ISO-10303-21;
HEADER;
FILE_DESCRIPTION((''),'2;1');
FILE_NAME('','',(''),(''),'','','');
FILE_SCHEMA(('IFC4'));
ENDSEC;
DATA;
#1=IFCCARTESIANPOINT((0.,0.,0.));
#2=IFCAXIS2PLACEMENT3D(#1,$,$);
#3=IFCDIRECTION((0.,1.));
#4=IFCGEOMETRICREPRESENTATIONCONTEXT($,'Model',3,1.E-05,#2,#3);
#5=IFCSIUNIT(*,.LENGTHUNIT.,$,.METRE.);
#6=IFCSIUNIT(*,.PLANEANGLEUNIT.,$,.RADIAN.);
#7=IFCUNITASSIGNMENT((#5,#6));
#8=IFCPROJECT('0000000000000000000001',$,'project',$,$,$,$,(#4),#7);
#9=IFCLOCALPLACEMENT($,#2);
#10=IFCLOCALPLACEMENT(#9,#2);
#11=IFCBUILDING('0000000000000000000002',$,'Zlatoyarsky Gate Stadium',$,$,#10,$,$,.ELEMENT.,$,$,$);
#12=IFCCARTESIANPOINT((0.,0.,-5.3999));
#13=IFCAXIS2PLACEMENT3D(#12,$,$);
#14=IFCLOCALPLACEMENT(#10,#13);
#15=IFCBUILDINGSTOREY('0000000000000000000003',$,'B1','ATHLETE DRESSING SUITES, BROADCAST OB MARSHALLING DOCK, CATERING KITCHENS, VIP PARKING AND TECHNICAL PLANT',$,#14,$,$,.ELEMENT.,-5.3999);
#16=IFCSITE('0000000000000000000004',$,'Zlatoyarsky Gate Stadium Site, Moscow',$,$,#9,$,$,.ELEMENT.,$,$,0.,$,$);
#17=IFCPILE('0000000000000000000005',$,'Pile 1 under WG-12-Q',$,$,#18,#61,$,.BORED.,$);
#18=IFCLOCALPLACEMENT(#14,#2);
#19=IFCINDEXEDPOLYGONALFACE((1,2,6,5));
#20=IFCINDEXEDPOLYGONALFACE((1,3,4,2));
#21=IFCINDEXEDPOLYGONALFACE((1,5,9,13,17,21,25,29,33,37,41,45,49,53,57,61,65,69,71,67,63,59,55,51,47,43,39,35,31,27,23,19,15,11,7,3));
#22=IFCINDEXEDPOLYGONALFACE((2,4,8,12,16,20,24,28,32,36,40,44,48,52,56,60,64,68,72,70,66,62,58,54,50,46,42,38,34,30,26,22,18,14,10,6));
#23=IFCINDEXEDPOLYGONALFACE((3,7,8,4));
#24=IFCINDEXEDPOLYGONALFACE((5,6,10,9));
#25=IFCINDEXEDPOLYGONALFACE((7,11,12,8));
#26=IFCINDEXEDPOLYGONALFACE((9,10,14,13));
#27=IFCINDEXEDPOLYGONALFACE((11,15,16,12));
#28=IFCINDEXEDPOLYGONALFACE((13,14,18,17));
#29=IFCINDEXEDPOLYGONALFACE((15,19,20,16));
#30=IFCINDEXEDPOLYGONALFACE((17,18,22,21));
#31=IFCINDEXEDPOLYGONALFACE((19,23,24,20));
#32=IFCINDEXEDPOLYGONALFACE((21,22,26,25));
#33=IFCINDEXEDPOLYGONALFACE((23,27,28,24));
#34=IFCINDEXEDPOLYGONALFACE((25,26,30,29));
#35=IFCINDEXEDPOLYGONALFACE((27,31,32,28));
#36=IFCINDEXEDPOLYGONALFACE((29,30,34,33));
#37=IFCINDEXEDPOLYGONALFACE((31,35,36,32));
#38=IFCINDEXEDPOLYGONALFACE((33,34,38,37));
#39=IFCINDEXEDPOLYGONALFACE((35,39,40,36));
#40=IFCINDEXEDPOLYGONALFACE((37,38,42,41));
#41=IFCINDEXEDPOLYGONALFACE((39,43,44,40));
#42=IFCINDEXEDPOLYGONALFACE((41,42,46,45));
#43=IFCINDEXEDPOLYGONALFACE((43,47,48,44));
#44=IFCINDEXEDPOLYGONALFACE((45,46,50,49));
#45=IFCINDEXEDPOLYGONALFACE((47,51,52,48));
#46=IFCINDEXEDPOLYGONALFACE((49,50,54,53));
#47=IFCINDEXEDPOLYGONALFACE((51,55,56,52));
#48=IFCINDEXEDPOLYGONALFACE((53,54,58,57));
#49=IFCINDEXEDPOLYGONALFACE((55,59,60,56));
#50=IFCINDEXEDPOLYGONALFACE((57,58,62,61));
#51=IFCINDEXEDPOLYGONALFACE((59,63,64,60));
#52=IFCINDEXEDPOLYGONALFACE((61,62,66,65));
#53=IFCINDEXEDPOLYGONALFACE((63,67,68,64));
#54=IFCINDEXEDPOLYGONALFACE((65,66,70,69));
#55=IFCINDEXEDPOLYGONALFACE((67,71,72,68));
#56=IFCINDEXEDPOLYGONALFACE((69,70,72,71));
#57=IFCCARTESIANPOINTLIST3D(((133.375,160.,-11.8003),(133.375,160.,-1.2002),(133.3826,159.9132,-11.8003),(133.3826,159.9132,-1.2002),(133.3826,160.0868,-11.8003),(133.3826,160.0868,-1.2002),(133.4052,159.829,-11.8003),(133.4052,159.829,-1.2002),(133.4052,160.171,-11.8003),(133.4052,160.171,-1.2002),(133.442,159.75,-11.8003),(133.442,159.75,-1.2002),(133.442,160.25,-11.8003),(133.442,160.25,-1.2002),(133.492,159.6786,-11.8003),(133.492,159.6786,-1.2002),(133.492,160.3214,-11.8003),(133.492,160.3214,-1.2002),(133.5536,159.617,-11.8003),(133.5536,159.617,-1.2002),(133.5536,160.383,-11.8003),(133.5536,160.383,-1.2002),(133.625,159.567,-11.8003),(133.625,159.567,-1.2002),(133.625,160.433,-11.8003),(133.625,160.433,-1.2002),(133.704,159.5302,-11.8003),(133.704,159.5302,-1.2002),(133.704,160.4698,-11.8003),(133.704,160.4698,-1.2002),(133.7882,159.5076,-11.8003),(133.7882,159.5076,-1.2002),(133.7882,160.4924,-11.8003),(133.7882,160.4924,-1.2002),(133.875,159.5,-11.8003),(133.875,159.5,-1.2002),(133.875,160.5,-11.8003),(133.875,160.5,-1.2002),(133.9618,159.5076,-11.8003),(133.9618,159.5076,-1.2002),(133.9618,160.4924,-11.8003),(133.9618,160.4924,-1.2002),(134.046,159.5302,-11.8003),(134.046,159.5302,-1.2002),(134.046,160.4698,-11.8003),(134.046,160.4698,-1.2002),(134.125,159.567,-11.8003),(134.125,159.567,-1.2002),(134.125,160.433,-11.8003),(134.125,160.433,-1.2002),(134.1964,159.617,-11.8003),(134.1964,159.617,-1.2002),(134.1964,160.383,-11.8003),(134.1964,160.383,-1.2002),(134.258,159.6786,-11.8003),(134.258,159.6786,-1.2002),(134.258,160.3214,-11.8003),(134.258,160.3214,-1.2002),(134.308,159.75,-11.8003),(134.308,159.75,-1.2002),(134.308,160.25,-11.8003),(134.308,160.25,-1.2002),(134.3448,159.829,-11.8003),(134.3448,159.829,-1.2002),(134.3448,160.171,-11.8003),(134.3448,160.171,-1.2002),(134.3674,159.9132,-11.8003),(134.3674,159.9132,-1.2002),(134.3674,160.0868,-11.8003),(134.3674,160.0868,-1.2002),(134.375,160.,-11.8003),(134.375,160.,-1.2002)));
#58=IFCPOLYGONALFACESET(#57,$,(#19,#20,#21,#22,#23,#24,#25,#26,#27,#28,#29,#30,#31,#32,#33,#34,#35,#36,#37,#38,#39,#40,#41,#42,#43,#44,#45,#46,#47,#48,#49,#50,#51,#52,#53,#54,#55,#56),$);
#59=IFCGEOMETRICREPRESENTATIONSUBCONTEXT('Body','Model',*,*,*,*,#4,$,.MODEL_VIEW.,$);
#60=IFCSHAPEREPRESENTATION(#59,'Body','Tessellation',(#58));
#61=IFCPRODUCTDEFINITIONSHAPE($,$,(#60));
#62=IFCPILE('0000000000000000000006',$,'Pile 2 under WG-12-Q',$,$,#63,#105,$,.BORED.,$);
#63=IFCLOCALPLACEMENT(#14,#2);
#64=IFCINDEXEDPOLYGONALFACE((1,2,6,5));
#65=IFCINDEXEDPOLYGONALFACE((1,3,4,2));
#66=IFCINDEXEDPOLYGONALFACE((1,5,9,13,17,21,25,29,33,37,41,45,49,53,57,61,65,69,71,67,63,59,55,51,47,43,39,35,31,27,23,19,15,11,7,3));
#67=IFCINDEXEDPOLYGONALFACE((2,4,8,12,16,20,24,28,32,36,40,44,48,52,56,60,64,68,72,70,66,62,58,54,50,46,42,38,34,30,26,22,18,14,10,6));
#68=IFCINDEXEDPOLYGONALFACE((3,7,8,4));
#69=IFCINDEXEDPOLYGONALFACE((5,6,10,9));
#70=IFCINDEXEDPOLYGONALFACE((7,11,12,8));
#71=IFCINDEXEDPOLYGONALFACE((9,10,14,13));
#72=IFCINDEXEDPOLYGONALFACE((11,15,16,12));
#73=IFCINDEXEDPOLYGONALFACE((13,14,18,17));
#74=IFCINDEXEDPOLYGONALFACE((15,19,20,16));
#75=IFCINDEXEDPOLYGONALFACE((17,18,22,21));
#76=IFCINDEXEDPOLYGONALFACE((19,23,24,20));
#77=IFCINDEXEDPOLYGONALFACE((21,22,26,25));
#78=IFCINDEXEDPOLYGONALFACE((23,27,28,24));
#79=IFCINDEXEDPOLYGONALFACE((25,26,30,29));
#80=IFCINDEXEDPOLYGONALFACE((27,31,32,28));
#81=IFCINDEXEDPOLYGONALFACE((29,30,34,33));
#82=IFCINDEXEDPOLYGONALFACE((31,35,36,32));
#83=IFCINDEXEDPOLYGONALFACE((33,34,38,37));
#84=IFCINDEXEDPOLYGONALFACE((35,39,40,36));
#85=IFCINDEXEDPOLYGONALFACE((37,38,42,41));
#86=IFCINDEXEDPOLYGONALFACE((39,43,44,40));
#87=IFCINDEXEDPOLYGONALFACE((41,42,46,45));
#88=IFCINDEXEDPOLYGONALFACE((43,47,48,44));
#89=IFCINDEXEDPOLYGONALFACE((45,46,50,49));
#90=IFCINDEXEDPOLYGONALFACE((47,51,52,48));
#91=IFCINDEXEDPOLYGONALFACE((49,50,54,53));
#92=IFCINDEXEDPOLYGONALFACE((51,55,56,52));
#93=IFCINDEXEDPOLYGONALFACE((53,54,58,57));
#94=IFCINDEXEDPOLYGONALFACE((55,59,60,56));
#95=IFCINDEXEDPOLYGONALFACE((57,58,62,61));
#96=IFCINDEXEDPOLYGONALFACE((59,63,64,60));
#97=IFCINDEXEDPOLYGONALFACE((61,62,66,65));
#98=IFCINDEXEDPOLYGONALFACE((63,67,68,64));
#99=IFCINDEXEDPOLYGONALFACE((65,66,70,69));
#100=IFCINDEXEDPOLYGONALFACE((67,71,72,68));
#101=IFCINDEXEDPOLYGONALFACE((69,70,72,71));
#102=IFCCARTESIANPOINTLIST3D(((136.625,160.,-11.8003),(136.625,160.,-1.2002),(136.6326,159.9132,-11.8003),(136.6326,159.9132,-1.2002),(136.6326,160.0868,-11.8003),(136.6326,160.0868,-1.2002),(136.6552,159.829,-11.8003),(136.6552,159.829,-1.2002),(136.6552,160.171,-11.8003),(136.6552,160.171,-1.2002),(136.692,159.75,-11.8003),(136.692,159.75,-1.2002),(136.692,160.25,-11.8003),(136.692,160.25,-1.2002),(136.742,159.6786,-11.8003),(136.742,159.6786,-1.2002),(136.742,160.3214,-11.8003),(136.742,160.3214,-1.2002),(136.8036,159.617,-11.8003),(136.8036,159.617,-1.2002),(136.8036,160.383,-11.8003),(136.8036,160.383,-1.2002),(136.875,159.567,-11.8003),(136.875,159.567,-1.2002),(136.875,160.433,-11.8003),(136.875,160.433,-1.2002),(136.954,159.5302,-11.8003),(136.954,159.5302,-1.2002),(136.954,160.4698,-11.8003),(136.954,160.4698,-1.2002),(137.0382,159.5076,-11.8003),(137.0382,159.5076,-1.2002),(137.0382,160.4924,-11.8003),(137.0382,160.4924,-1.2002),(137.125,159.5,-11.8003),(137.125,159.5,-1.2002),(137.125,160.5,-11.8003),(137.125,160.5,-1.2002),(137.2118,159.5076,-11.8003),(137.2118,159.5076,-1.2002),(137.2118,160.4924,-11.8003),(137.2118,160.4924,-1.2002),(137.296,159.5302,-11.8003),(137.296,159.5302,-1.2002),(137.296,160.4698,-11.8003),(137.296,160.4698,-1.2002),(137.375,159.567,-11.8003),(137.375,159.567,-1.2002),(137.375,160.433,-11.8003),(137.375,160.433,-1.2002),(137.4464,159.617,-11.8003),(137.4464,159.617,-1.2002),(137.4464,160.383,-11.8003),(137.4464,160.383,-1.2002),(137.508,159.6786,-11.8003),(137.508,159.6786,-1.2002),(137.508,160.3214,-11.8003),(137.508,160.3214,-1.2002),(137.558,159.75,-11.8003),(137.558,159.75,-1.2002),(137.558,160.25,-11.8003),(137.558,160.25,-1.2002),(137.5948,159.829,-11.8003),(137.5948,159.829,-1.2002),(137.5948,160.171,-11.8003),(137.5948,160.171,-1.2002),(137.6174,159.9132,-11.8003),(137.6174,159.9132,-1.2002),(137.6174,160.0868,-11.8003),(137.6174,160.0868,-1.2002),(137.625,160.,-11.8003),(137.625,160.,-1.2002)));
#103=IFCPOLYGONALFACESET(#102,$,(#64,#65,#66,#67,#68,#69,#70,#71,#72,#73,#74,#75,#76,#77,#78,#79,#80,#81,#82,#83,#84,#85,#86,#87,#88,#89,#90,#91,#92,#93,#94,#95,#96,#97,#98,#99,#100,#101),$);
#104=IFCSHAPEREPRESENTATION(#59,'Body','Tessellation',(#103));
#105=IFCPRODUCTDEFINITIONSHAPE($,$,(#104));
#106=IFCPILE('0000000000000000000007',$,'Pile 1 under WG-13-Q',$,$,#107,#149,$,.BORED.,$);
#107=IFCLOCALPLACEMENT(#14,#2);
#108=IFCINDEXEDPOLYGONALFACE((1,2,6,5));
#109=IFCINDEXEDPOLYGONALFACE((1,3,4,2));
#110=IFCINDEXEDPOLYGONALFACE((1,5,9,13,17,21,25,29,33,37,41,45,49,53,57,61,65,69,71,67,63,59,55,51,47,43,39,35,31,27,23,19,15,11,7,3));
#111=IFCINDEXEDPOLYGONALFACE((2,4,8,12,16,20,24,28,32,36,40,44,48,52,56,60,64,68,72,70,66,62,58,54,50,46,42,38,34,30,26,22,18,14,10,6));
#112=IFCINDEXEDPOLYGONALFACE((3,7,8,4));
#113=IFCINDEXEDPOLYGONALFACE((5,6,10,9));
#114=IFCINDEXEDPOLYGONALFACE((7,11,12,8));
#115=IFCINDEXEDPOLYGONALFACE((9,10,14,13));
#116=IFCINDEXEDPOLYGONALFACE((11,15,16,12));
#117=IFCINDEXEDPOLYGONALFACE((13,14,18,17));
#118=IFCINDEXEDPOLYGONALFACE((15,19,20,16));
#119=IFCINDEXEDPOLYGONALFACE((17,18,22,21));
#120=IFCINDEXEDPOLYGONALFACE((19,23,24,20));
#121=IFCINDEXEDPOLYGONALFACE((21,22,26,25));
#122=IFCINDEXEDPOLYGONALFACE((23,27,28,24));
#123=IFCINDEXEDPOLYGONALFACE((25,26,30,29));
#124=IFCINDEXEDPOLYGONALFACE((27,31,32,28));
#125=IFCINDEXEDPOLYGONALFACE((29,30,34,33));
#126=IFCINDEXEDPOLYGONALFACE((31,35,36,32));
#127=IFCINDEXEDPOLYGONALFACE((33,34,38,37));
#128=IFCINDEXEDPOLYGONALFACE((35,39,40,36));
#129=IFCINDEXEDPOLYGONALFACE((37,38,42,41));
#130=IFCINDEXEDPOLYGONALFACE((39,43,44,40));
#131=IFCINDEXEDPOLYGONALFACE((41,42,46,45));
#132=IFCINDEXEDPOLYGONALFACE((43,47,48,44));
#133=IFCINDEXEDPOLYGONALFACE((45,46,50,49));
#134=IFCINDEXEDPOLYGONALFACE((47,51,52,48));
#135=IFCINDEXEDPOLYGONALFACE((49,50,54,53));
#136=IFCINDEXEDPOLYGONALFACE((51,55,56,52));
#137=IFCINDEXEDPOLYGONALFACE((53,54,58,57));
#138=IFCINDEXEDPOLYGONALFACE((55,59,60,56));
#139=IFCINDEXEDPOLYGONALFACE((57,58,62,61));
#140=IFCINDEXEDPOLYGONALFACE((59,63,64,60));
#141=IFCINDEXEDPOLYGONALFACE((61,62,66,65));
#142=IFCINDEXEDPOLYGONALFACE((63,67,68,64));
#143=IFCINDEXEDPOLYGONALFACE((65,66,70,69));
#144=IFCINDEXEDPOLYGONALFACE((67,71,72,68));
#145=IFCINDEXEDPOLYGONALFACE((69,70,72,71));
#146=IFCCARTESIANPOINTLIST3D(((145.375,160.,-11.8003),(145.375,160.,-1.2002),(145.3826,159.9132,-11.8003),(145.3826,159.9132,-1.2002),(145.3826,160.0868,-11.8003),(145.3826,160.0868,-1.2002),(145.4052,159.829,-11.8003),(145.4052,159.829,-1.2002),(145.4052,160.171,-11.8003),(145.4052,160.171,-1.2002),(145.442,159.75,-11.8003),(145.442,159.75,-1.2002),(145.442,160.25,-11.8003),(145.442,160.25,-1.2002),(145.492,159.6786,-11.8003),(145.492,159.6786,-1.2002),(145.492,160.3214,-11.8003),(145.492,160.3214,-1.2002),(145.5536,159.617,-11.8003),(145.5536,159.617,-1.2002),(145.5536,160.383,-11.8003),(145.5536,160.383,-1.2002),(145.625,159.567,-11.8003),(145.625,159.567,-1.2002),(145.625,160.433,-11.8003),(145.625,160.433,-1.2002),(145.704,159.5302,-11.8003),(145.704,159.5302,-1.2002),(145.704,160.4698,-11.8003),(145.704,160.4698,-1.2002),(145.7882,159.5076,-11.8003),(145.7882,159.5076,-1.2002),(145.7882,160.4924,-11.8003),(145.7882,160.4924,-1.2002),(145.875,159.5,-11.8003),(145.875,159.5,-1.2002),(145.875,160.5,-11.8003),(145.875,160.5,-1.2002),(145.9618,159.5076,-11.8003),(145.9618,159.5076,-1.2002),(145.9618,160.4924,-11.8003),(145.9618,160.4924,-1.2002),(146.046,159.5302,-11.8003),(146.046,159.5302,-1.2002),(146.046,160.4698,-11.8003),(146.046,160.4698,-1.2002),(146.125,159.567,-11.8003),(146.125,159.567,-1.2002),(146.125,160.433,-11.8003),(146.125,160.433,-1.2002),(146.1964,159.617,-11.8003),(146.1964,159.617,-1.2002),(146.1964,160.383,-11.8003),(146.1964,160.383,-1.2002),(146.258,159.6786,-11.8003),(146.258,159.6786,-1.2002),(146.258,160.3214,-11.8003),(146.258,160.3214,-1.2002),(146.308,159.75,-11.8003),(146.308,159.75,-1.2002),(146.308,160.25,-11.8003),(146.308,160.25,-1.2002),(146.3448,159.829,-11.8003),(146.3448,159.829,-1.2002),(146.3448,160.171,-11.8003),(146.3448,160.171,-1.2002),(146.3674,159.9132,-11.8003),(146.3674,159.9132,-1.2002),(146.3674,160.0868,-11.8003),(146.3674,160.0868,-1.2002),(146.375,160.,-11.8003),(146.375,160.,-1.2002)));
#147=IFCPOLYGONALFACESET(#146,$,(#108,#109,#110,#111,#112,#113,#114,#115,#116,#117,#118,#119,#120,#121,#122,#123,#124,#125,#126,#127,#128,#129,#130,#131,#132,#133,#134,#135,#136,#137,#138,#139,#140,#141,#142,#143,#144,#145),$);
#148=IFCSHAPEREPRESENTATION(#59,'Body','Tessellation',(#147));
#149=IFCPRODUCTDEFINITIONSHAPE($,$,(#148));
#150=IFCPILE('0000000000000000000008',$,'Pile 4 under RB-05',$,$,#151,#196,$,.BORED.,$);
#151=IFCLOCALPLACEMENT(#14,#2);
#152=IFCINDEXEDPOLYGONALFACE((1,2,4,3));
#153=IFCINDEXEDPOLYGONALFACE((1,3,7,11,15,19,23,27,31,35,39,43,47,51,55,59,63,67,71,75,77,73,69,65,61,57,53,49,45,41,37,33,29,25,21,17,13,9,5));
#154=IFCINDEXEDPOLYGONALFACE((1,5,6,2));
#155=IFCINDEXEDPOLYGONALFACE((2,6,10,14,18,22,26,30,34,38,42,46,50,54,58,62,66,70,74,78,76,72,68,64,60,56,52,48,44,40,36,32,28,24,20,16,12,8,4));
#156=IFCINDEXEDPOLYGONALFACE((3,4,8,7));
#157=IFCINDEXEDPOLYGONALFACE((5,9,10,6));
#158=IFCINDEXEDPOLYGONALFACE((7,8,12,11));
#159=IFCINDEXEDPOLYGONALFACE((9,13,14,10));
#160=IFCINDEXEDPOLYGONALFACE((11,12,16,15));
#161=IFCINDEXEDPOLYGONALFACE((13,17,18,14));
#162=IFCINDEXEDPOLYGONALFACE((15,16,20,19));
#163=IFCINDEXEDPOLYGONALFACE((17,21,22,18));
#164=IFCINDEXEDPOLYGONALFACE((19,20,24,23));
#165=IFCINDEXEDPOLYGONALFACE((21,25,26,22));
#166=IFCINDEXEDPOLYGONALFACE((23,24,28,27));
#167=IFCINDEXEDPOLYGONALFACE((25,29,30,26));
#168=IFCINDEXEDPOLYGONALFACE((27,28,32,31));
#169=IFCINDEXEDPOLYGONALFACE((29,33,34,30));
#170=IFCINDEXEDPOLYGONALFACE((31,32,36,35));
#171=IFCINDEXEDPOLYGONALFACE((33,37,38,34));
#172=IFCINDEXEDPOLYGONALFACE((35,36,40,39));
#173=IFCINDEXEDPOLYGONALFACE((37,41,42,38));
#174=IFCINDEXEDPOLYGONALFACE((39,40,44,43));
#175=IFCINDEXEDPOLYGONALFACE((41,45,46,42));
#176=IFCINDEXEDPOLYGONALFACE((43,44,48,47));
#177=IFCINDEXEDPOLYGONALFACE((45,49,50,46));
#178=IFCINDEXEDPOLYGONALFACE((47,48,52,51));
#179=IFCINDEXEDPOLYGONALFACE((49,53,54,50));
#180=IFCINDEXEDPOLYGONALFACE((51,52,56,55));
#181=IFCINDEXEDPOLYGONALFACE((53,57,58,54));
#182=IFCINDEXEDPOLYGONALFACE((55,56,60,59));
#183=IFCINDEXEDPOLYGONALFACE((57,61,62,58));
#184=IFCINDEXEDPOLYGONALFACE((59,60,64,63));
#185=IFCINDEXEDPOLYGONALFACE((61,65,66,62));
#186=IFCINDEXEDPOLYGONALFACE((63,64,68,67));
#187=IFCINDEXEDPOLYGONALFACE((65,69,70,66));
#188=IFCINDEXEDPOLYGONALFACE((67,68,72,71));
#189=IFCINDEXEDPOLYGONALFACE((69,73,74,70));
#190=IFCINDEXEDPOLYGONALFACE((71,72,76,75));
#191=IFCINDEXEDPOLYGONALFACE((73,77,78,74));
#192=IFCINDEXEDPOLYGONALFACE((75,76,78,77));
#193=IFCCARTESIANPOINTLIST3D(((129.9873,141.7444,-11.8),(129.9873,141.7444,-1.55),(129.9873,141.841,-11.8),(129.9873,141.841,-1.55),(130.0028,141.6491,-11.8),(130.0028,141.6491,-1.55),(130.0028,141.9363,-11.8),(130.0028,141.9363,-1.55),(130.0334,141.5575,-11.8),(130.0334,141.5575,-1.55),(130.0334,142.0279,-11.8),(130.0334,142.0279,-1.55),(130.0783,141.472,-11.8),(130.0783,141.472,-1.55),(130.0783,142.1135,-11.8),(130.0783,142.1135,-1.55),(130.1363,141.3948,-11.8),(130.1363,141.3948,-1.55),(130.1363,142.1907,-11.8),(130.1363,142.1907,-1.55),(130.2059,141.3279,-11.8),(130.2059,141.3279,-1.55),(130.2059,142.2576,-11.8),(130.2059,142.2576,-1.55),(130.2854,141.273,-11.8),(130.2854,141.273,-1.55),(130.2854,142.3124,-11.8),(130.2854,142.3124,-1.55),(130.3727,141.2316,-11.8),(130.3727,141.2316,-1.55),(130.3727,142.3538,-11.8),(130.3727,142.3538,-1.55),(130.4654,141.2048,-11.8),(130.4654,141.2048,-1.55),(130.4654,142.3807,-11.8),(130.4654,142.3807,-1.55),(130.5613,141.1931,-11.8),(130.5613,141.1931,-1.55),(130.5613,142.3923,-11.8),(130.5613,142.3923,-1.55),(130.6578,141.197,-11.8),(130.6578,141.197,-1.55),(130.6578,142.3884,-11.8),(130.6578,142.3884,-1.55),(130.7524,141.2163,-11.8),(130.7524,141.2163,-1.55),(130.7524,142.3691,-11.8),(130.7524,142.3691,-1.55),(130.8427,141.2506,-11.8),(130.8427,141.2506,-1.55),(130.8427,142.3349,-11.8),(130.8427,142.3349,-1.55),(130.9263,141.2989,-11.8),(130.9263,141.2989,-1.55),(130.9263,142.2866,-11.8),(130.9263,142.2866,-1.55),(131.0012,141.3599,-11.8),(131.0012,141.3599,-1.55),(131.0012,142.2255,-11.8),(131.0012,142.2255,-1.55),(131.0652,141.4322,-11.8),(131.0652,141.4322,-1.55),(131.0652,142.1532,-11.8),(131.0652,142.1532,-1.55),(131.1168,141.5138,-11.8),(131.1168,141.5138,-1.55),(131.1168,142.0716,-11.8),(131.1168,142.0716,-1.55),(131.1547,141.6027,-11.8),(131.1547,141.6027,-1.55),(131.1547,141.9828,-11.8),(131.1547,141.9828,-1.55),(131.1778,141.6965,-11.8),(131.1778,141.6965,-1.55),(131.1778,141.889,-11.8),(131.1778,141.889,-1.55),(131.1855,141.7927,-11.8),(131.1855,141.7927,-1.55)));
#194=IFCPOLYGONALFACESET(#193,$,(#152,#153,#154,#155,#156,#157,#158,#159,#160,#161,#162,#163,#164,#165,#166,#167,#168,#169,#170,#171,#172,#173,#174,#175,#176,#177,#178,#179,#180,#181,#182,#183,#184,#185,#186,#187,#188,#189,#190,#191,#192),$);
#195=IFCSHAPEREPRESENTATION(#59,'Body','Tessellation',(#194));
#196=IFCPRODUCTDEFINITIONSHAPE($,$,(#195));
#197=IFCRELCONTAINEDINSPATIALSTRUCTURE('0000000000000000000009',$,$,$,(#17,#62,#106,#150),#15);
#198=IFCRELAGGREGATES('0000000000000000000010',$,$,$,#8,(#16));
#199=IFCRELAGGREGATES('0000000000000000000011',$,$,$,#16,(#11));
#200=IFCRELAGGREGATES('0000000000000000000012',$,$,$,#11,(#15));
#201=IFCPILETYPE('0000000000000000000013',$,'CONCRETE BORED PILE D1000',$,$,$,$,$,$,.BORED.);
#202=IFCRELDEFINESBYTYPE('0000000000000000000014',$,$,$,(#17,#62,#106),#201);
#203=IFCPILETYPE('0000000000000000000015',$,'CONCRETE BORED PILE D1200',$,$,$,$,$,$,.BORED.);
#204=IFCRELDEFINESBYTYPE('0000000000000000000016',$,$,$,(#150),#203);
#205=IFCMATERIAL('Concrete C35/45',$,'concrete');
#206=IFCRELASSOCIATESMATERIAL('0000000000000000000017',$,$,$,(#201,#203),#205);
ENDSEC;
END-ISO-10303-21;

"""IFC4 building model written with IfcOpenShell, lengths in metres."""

from ifc_helpers import new_model, si_unit, direction, frame, origin, origin_2d, place, context, subcontext, project, spatial, circle, extrude, material, material_profile, profile_set, type_object, element, save


model = new_model("IFC4")

# Units and contexts
model_context = context("Model", 3, precision=1e-05, world=origin(), true_north=direction((0.0, 1.0)))
body_context = subcontext(model_context, "Body", "Model", "MODEL_VIEW")
ifc_project = project(units=[si_unit("LENGTHUNIT", "METRE"), si_unit("PLANEANGLEUNIT", "RADIAN")], contexts=[model_context])

# Site, building, storey
site_placement = place(None, origin())
site = spatial("IfcSite", under=ifc_project, at=site_placement, Name="Zlatoyarsky Gate Stadium Site, Moscow", CompositionType="ELEMENT", RefElevation=0.0)
building_placement = place(site_placement, origin())
building = spatial("IfcBuilding", under=site, at=building_placement, Name="Zlatoyarsky Gate Stadium", CompositionType="ELEMENT")
storey_placement = place(building_placement, frame((0.0, 0.0, -5.3999)))
storey = spatial("IfcBuildingStorey", under=building, at=storey_placement, Name="B1", Description="ATHLETE DRESSING SUITES, BROADCAST OB MARSHALLING DOCK, CATERING KITCHENS, VIP PARKING AND TECHNICAL PLANT", CompositionType="ELEMENT", Elevation=-5.3999)

# Piles
ifc_material_1 = material(Name="Concrete C35/45", Category="concrete")
ifc_material_profile_1 = material_profile(ifc_material_1, circle(Radius=0.5, at=origin_2d()), Name="BORED PILE D1000")
ifc_profile_set_1 = profile_set([ifc_material_profile_1], Name="Concrete C35/45")
pile_type_1 = type_object("IfcPileType", Name="CONCRETE BORED PILE D1000", PredefinedType="BORED", material=ifc_profile_set_1)
for number, where, z_axis, x_axis, name in (
    (1, (133.875, 160.0, -1.2002), (0.0, 0.0, -1.0), (1.0, 0.0, 0.0), "Pile 1 under WG-12-Q"),
    (2, (137.125, 160.0, -1.2002), (0.0, 0.0, -1.0), (1.0, 0.0, 0.0), "Pile 2 under WG-12-Q"),
    (3, (145.875, 160.0, -1.2002), (0.0, 0.0, -1.0), (1.0, 0.0, 0.0), "Pile 1 under WG-13-Q"),
):
    element("IfcPile", number, at=place(storey_placement, frame(where, z_axis=z_axis, x_axis=x_axis)), inside=storey, type_object=pile_type_1, Name=name, PredefinedType="BORED", context=body_context, shape_type="SweptSolid", body=[
        extrude(circle(Radius=0.5, at=origin_2d()), origin(), (0.0, 0.0, 1.0), 10.6001),
    ])
ifc_material_profile_2 = material_profile(ifc_material_1, circle(Radius=0.6001, at=origin_2d()), Name="BORED PILE D1200")
ifc_profile_set_2 = profile_set([ifc_material_profile_2], Name="Concrete C35/45")
pile_type_2 = type_object("IfcPileType", Name="CONCRETE BORED PILE D1200", PredefinedType="BORED", material=ifc_profile_set_2)
pile_placement = place(storey_placement, frame((130.5854, 141.7927, -1.55), z_axis=(0.0, 0.0, -1.0), x_axis=(1.0, 0.0, 0.0)))
element("IfcPile", 4, at=pile_placement, inside=storey, type_object=pile_type_2, Name="Pile 4 under RB-05", PredefinedType="BORED", context=body_context, shape_type="SweptSolid", body=[
    extrude(circle(Radius=0.6001, at=origin_2d()), origin(), (0.0, 0.0, 1.0), 10.25),
])

save(model, "model.ifc")
